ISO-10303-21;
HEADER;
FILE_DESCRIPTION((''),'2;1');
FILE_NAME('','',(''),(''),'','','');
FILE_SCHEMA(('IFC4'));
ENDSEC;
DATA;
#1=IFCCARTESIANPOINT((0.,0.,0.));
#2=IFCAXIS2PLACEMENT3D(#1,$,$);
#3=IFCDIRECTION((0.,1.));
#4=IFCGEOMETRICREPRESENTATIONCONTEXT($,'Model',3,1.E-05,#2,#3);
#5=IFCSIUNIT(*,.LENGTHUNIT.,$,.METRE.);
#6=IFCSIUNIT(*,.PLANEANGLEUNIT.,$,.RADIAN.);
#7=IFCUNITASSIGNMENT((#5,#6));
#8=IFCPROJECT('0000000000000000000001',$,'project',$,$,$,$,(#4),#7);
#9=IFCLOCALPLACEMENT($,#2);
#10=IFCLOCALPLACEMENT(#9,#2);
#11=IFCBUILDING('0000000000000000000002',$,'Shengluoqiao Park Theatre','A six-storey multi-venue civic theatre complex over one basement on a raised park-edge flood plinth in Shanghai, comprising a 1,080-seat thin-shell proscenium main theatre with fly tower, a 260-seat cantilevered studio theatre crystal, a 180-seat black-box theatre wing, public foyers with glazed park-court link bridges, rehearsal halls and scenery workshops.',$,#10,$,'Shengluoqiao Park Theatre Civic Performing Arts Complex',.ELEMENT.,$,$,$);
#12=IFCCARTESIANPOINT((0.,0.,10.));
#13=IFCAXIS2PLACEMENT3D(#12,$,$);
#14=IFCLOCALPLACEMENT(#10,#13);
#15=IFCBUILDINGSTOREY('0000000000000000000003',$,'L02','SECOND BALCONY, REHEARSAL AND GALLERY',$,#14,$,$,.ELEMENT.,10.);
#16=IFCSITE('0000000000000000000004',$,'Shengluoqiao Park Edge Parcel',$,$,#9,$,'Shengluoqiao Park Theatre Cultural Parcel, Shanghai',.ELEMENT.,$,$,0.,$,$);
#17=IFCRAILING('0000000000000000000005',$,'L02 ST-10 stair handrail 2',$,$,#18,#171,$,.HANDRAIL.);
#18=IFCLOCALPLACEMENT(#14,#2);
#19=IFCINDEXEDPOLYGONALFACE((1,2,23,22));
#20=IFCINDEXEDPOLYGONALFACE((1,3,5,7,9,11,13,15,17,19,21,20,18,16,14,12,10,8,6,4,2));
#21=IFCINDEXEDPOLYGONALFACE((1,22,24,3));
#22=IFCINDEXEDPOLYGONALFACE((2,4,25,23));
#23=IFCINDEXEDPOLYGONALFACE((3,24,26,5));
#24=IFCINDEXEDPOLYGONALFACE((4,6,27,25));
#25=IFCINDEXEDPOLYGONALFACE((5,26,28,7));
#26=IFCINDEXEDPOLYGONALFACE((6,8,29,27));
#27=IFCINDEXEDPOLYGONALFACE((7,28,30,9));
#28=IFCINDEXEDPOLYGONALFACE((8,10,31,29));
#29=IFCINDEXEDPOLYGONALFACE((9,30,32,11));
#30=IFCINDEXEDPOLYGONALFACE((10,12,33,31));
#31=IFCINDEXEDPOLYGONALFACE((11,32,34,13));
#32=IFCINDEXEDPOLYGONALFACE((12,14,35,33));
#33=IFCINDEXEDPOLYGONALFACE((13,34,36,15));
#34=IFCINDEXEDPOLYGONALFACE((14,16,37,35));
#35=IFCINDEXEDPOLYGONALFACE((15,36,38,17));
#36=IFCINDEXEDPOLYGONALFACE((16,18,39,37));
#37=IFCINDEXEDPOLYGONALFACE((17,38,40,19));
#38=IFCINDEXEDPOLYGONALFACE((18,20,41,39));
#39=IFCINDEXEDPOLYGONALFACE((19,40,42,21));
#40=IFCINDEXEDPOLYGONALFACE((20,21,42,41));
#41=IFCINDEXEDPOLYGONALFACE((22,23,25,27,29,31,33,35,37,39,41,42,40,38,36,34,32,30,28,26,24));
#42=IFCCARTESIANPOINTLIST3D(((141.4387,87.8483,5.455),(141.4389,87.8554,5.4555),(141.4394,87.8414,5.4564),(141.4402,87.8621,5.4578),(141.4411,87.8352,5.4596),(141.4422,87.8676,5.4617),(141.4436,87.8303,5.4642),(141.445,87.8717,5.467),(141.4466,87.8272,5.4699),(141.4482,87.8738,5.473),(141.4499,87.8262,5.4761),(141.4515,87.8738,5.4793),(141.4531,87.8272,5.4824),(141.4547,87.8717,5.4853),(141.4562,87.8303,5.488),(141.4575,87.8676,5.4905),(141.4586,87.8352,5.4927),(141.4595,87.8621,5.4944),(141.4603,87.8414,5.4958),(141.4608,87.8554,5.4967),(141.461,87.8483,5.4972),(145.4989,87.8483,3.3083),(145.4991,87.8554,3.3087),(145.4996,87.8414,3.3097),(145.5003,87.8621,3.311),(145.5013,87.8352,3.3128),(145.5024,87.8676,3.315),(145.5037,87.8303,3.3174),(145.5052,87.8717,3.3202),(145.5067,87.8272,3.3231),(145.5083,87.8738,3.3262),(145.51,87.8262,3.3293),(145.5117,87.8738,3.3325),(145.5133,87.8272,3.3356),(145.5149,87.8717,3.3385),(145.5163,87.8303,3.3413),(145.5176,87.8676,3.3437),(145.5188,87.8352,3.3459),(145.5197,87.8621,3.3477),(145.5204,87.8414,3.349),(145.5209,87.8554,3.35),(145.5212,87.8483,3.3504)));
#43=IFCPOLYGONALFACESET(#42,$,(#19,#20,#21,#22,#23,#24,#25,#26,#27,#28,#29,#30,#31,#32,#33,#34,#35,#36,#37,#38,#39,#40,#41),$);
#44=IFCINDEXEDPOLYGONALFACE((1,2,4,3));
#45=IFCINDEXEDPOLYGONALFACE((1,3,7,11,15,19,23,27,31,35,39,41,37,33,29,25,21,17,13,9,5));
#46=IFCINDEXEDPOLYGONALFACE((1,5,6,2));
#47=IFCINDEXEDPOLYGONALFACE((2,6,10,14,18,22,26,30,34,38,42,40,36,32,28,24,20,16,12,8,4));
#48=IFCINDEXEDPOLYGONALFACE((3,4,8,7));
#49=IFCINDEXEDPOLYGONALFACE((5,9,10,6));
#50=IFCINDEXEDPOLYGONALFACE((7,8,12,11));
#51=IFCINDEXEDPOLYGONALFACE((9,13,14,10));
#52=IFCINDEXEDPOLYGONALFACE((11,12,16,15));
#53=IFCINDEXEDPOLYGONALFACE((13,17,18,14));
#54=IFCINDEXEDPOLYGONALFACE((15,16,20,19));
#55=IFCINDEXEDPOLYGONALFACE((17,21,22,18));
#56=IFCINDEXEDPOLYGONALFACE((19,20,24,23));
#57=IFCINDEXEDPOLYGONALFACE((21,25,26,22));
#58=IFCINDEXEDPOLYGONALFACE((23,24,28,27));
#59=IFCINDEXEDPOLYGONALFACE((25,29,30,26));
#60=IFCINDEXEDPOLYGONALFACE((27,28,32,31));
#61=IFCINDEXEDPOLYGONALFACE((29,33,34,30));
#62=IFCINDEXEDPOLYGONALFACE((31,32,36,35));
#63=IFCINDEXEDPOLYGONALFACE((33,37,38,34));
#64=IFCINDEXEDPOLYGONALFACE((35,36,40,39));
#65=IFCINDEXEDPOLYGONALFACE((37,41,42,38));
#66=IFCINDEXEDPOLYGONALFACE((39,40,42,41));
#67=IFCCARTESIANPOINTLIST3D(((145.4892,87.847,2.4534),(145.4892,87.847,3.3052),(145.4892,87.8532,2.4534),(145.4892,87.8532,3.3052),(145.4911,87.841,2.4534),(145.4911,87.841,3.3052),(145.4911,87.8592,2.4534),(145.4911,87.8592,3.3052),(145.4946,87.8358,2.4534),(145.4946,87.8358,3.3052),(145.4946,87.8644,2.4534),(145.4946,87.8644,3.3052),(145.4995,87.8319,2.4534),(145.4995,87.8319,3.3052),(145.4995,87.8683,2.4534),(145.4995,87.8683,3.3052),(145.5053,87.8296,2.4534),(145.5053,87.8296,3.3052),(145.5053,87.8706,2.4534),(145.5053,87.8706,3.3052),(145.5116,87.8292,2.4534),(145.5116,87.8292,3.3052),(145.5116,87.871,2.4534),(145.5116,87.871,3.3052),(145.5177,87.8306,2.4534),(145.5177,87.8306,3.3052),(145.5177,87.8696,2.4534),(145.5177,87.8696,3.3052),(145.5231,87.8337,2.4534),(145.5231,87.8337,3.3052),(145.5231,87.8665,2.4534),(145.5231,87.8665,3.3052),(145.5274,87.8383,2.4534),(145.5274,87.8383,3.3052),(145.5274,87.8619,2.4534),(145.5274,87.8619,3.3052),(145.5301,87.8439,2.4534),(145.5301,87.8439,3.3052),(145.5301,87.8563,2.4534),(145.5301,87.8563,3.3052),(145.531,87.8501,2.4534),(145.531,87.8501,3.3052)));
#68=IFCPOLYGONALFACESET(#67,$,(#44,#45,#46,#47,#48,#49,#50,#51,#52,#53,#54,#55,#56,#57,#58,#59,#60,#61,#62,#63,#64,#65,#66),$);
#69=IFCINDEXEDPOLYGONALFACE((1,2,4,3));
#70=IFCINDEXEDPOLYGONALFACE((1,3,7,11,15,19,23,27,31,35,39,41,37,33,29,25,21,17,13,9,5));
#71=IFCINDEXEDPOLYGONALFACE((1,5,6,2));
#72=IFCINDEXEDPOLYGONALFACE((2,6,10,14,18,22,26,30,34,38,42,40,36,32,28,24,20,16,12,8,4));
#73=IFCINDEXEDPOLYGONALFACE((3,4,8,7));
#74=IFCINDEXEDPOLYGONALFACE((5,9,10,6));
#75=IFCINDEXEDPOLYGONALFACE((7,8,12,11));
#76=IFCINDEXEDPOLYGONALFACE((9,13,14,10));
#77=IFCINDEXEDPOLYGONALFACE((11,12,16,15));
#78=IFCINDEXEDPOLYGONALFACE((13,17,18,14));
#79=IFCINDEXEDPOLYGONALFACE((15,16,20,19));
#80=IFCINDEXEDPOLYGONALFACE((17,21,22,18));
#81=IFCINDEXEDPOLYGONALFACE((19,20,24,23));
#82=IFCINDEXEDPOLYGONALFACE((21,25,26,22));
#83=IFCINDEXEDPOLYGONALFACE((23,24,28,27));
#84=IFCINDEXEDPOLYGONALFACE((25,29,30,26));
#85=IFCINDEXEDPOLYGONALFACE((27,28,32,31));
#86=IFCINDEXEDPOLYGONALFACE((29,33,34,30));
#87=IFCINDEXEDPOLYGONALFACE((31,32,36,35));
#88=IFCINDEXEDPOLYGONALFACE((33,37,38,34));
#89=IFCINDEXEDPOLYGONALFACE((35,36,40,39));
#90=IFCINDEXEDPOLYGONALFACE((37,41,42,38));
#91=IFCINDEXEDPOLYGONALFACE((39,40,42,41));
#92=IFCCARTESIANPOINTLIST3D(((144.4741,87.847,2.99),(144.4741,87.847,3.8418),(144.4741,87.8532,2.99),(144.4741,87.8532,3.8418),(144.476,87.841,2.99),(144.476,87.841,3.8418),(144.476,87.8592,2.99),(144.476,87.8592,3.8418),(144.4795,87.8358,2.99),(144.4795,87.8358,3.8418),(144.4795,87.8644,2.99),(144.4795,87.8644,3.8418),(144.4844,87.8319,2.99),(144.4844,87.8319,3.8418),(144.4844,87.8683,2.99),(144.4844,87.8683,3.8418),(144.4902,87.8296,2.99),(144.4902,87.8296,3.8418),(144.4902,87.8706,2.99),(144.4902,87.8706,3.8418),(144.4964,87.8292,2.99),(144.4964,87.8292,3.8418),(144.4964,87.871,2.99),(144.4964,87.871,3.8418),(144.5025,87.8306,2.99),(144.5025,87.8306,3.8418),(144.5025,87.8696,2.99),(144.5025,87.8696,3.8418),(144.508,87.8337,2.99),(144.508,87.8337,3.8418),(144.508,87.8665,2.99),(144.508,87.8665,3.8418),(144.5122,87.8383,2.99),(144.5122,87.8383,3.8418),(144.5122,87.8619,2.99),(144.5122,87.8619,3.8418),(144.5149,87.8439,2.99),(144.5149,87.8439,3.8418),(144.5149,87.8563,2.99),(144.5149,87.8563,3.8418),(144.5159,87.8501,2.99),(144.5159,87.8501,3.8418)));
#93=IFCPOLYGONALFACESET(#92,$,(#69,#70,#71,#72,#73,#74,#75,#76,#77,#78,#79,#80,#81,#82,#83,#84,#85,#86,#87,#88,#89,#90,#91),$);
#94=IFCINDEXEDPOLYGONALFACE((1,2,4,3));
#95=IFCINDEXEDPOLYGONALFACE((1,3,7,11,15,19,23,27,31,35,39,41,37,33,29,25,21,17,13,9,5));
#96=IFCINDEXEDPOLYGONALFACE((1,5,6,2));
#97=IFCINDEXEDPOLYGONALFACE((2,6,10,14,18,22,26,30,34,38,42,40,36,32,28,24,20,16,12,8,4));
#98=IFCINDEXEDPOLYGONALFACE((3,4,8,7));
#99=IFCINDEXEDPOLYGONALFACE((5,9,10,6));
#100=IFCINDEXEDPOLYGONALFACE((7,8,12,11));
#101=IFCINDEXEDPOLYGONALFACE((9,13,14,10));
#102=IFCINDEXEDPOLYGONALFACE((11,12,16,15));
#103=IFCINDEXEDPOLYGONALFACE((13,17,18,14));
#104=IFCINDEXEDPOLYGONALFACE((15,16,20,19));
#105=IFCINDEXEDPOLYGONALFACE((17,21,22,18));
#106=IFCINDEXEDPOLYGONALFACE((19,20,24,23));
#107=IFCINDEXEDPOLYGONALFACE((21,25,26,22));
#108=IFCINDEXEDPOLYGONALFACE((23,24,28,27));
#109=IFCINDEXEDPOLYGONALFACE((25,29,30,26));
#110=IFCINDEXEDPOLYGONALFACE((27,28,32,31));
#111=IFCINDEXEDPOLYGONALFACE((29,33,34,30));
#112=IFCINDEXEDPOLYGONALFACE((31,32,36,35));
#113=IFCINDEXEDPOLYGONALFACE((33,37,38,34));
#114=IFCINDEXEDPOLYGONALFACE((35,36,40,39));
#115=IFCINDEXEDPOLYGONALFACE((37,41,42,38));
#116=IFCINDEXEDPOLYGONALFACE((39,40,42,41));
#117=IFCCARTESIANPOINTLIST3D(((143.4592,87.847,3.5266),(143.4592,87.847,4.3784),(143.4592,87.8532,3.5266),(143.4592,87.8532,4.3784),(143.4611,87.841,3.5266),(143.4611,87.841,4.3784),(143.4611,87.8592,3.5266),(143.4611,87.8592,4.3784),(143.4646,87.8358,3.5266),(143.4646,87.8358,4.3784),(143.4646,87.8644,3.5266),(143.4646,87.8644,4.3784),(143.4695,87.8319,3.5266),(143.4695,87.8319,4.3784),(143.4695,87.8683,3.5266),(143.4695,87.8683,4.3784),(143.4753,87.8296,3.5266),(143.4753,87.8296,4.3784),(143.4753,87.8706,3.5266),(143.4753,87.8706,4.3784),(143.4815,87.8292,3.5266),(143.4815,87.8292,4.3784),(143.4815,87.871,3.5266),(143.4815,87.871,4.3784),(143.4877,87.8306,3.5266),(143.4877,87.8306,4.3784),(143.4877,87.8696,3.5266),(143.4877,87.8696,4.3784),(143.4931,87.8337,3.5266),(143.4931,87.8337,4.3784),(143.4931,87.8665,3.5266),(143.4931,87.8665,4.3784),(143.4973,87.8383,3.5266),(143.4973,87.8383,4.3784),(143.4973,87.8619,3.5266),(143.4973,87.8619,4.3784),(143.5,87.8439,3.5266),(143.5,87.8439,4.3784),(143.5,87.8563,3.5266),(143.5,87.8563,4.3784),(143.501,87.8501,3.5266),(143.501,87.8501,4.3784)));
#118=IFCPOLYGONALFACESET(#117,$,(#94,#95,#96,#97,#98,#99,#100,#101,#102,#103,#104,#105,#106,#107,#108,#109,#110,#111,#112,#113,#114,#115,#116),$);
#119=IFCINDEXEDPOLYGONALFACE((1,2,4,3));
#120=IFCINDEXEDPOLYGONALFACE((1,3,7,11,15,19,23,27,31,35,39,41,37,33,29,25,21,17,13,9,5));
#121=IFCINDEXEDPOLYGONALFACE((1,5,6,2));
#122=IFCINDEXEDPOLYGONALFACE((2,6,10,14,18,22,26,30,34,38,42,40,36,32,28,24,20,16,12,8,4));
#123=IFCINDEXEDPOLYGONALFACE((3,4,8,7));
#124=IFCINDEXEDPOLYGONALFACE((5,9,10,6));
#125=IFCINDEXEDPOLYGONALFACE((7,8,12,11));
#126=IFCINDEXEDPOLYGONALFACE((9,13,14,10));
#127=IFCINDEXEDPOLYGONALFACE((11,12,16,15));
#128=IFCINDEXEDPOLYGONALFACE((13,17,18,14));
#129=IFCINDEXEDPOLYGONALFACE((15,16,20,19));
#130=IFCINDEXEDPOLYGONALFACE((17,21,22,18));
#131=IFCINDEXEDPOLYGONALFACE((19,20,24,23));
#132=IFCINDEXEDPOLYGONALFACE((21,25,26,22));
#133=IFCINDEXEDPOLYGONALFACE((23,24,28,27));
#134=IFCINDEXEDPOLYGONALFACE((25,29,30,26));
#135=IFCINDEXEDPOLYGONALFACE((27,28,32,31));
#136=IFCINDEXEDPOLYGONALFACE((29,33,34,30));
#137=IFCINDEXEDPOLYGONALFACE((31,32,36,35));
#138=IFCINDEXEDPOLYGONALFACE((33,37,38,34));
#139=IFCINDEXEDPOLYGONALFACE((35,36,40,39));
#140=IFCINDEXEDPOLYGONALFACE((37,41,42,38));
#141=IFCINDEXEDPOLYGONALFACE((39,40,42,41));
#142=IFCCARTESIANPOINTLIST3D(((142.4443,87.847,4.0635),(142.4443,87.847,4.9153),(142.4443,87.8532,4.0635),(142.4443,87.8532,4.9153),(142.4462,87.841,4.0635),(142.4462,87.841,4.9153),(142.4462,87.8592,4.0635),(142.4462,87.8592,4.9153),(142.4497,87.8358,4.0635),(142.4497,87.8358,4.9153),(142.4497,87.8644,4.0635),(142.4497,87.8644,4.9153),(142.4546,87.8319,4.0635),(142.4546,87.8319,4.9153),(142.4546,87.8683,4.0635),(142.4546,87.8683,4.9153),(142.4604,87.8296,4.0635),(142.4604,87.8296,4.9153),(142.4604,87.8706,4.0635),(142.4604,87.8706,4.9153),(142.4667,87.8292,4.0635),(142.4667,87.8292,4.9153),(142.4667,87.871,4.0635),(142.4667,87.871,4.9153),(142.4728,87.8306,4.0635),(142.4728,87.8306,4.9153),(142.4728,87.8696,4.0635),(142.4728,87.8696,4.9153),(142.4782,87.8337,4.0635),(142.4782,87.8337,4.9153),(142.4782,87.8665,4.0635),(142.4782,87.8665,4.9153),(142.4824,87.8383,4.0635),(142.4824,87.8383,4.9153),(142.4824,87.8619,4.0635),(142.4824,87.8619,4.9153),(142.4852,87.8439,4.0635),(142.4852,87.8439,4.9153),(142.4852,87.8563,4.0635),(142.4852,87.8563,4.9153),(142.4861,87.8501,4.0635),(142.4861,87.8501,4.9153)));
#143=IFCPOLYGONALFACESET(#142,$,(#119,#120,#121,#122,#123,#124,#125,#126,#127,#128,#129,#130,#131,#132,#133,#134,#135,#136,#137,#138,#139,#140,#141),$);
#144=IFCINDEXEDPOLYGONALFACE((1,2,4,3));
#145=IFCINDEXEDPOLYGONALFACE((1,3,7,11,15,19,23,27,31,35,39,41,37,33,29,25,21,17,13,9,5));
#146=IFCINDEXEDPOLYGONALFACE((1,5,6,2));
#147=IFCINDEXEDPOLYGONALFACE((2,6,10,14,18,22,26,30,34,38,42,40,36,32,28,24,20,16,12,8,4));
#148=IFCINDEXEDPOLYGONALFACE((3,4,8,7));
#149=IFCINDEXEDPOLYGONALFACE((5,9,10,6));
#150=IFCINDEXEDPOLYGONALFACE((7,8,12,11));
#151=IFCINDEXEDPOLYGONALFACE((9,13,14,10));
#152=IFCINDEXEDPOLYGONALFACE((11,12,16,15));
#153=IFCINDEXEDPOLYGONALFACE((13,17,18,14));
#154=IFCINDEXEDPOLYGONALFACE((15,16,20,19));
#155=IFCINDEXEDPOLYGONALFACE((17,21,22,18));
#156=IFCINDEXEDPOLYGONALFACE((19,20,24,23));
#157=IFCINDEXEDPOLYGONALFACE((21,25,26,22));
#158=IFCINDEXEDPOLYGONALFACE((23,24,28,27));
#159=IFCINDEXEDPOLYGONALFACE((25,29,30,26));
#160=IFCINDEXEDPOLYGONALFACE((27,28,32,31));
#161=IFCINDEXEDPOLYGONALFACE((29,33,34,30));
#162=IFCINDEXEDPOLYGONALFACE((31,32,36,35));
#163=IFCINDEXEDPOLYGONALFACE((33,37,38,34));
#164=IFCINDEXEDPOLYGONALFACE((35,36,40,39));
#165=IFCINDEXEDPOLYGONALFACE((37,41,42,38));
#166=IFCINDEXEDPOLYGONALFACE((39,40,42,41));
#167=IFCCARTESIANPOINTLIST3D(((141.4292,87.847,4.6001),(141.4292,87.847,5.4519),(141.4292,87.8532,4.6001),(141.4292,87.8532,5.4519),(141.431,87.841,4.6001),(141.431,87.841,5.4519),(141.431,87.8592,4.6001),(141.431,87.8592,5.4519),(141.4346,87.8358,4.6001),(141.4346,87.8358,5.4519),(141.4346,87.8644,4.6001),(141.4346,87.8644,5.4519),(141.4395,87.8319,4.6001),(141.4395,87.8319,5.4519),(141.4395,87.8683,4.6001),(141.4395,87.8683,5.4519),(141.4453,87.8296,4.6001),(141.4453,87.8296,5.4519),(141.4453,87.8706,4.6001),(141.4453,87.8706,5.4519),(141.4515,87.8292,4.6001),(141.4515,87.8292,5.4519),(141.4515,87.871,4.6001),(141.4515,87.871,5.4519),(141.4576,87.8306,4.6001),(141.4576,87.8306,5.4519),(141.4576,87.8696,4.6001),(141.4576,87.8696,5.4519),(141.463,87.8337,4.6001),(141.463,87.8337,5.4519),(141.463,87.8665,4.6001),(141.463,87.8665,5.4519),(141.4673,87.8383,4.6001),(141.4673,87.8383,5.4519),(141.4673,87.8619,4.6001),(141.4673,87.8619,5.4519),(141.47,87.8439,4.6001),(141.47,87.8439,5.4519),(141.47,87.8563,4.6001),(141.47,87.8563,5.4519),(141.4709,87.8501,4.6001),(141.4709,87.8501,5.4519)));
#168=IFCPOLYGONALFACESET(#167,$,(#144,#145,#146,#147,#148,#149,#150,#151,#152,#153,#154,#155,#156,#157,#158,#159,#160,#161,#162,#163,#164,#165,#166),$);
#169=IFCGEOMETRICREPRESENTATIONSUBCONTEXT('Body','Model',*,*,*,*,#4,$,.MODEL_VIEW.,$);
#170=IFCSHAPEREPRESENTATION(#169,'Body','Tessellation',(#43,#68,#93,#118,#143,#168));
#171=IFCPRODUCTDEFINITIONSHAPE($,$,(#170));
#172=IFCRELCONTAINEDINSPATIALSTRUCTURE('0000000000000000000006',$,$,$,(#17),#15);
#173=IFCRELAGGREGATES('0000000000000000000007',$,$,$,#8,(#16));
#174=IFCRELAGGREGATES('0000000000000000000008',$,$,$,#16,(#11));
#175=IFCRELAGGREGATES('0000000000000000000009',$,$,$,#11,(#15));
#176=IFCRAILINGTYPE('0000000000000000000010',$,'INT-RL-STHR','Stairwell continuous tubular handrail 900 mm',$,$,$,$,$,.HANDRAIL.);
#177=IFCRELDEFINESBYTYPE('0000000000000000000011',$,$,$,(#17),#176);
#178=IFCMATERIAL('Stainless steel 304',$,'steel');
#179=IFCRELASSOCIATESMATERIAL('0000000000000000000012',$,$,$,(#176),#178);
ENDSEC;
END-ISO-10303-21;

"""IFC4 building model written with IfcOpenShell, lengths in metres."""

from ifc_helpers import new_model, si_unit, direction, frame, origin, origin_2d, place, context, subcontext, project, spatial, circle, extrude, material, type_object, element, save


model = new_model("IFC4")

# Units and contexts
model_context = context("Model", 3, precision=1e-05, world=origin(), true_north=direction((0.0, 1.0)))
body_context = subcontext(model_context, "Body", "Model", "MODEL_VIEW")
ifc_project = project(units=[si_unit("LENGTHUNIT", "METRE"), si_unit("PLANEANGLEUNIT", "RADIAN")], contexts=[model_context])

# Site, building, storey
site_placement = place(None, origin())
site = spatial("IfcSite", under=ifc_project, at=site_placement, Name="Shengluoqiao Park Edge Parcel", LongName="Shengluoqiao Park Theatre Cultural Parcel, Shanghai", CompositionType="ELEMENT", RefElevation=0.0)
building_placement = place(site_placement, origin())
building = spatial("IfcBuilding", under=site, at=building_placement, Name="Shengluoqiao Park Theatre", Description="A six-storey multi-venue civic theatre complex over one basement on a raised park-edge flood plinth in Shanghai, comprising a 1,080-seat thin-shell proscenium main theatre with fly tower, a 260-seat cantilevered studio theatre crystal, a 180-seat black-box theatre wing, public foyers with glazed park-court link bridges, rehearsal halls and scenery workshops.", LongName="Shengluoqiao Park Theatre Civic Performing Arts Complex", CompositionType="ELEMENT")
storey_placement = place(building_placement, frame((0.0, 0.0, 10.0)))
storey = spatial("IfcBuildingStorey", under=building, at=storey_placement, Name="L02", Description="SECOND BALCONY, REHEARSAL AND GALLERY", CompositionType="ELEMENT", Elevation=10.0)

# Railing
ifc_material_1 = material(Name="Stainless steel 304", Category="steel")
railing_type_1 = type_object("IfcRailingType", Name="INT-RL-STHR", Description="Stairwell continuous tubular handrail 900 mm", PredefinedType="HANDRAIL", material=ifc_material_1)
railing_1_placement = place(storey_placement, frame((145.51, 87.8501, 2.4534)))
element("IfcRailing", 1, at=railing_1_placement, inside=storey, type_object=railing_type_1, Name="L02 ST-10 stair handrail 2", PredefinedType="HANDRAIL", context=body_context, shape_type="SweptSolid", body=[
    extrude(circle(Radius=0.0239, at=origin_2d()), frame((0.0, 0.0, 0.876), z_axis=(-0.884032, 0.0, 0.467426), x_axis=(0.0, -1.0, 0.0)), (0.0, 0.0, 1.0), 4.5928),
    extrude(circle(Radius=0.021, at=origin_2d()), origin(), (0.0, 0.0, 1.0), 0.8518),
    extrude(circle(Radius=0.021, at=origin_2d()), frame((-1.0151, 0.0, 0.5366)), (0.0, 0.0, 1.0), 0.8518),
    extrude(circle(Radius=0.021, at=origin_2d()), frame((-2.03, 0.0, 1.0732)), (0.0, 0.0, 1.0), 0.8518),
    extrude(circle(Radius=0.021, at=origin_2d()), frame((-3.0449, 0.0, 1.6101)), (0.0, 0.0, 1.0), 0.8518),
    extrude(circle(Radius=0.021, at=origin_2d()), frame((-4.0601, 0.0, 2.1467)), (0.0, 0.0, 1.0), 0.8518),
])

save(model, "model.ifc")
